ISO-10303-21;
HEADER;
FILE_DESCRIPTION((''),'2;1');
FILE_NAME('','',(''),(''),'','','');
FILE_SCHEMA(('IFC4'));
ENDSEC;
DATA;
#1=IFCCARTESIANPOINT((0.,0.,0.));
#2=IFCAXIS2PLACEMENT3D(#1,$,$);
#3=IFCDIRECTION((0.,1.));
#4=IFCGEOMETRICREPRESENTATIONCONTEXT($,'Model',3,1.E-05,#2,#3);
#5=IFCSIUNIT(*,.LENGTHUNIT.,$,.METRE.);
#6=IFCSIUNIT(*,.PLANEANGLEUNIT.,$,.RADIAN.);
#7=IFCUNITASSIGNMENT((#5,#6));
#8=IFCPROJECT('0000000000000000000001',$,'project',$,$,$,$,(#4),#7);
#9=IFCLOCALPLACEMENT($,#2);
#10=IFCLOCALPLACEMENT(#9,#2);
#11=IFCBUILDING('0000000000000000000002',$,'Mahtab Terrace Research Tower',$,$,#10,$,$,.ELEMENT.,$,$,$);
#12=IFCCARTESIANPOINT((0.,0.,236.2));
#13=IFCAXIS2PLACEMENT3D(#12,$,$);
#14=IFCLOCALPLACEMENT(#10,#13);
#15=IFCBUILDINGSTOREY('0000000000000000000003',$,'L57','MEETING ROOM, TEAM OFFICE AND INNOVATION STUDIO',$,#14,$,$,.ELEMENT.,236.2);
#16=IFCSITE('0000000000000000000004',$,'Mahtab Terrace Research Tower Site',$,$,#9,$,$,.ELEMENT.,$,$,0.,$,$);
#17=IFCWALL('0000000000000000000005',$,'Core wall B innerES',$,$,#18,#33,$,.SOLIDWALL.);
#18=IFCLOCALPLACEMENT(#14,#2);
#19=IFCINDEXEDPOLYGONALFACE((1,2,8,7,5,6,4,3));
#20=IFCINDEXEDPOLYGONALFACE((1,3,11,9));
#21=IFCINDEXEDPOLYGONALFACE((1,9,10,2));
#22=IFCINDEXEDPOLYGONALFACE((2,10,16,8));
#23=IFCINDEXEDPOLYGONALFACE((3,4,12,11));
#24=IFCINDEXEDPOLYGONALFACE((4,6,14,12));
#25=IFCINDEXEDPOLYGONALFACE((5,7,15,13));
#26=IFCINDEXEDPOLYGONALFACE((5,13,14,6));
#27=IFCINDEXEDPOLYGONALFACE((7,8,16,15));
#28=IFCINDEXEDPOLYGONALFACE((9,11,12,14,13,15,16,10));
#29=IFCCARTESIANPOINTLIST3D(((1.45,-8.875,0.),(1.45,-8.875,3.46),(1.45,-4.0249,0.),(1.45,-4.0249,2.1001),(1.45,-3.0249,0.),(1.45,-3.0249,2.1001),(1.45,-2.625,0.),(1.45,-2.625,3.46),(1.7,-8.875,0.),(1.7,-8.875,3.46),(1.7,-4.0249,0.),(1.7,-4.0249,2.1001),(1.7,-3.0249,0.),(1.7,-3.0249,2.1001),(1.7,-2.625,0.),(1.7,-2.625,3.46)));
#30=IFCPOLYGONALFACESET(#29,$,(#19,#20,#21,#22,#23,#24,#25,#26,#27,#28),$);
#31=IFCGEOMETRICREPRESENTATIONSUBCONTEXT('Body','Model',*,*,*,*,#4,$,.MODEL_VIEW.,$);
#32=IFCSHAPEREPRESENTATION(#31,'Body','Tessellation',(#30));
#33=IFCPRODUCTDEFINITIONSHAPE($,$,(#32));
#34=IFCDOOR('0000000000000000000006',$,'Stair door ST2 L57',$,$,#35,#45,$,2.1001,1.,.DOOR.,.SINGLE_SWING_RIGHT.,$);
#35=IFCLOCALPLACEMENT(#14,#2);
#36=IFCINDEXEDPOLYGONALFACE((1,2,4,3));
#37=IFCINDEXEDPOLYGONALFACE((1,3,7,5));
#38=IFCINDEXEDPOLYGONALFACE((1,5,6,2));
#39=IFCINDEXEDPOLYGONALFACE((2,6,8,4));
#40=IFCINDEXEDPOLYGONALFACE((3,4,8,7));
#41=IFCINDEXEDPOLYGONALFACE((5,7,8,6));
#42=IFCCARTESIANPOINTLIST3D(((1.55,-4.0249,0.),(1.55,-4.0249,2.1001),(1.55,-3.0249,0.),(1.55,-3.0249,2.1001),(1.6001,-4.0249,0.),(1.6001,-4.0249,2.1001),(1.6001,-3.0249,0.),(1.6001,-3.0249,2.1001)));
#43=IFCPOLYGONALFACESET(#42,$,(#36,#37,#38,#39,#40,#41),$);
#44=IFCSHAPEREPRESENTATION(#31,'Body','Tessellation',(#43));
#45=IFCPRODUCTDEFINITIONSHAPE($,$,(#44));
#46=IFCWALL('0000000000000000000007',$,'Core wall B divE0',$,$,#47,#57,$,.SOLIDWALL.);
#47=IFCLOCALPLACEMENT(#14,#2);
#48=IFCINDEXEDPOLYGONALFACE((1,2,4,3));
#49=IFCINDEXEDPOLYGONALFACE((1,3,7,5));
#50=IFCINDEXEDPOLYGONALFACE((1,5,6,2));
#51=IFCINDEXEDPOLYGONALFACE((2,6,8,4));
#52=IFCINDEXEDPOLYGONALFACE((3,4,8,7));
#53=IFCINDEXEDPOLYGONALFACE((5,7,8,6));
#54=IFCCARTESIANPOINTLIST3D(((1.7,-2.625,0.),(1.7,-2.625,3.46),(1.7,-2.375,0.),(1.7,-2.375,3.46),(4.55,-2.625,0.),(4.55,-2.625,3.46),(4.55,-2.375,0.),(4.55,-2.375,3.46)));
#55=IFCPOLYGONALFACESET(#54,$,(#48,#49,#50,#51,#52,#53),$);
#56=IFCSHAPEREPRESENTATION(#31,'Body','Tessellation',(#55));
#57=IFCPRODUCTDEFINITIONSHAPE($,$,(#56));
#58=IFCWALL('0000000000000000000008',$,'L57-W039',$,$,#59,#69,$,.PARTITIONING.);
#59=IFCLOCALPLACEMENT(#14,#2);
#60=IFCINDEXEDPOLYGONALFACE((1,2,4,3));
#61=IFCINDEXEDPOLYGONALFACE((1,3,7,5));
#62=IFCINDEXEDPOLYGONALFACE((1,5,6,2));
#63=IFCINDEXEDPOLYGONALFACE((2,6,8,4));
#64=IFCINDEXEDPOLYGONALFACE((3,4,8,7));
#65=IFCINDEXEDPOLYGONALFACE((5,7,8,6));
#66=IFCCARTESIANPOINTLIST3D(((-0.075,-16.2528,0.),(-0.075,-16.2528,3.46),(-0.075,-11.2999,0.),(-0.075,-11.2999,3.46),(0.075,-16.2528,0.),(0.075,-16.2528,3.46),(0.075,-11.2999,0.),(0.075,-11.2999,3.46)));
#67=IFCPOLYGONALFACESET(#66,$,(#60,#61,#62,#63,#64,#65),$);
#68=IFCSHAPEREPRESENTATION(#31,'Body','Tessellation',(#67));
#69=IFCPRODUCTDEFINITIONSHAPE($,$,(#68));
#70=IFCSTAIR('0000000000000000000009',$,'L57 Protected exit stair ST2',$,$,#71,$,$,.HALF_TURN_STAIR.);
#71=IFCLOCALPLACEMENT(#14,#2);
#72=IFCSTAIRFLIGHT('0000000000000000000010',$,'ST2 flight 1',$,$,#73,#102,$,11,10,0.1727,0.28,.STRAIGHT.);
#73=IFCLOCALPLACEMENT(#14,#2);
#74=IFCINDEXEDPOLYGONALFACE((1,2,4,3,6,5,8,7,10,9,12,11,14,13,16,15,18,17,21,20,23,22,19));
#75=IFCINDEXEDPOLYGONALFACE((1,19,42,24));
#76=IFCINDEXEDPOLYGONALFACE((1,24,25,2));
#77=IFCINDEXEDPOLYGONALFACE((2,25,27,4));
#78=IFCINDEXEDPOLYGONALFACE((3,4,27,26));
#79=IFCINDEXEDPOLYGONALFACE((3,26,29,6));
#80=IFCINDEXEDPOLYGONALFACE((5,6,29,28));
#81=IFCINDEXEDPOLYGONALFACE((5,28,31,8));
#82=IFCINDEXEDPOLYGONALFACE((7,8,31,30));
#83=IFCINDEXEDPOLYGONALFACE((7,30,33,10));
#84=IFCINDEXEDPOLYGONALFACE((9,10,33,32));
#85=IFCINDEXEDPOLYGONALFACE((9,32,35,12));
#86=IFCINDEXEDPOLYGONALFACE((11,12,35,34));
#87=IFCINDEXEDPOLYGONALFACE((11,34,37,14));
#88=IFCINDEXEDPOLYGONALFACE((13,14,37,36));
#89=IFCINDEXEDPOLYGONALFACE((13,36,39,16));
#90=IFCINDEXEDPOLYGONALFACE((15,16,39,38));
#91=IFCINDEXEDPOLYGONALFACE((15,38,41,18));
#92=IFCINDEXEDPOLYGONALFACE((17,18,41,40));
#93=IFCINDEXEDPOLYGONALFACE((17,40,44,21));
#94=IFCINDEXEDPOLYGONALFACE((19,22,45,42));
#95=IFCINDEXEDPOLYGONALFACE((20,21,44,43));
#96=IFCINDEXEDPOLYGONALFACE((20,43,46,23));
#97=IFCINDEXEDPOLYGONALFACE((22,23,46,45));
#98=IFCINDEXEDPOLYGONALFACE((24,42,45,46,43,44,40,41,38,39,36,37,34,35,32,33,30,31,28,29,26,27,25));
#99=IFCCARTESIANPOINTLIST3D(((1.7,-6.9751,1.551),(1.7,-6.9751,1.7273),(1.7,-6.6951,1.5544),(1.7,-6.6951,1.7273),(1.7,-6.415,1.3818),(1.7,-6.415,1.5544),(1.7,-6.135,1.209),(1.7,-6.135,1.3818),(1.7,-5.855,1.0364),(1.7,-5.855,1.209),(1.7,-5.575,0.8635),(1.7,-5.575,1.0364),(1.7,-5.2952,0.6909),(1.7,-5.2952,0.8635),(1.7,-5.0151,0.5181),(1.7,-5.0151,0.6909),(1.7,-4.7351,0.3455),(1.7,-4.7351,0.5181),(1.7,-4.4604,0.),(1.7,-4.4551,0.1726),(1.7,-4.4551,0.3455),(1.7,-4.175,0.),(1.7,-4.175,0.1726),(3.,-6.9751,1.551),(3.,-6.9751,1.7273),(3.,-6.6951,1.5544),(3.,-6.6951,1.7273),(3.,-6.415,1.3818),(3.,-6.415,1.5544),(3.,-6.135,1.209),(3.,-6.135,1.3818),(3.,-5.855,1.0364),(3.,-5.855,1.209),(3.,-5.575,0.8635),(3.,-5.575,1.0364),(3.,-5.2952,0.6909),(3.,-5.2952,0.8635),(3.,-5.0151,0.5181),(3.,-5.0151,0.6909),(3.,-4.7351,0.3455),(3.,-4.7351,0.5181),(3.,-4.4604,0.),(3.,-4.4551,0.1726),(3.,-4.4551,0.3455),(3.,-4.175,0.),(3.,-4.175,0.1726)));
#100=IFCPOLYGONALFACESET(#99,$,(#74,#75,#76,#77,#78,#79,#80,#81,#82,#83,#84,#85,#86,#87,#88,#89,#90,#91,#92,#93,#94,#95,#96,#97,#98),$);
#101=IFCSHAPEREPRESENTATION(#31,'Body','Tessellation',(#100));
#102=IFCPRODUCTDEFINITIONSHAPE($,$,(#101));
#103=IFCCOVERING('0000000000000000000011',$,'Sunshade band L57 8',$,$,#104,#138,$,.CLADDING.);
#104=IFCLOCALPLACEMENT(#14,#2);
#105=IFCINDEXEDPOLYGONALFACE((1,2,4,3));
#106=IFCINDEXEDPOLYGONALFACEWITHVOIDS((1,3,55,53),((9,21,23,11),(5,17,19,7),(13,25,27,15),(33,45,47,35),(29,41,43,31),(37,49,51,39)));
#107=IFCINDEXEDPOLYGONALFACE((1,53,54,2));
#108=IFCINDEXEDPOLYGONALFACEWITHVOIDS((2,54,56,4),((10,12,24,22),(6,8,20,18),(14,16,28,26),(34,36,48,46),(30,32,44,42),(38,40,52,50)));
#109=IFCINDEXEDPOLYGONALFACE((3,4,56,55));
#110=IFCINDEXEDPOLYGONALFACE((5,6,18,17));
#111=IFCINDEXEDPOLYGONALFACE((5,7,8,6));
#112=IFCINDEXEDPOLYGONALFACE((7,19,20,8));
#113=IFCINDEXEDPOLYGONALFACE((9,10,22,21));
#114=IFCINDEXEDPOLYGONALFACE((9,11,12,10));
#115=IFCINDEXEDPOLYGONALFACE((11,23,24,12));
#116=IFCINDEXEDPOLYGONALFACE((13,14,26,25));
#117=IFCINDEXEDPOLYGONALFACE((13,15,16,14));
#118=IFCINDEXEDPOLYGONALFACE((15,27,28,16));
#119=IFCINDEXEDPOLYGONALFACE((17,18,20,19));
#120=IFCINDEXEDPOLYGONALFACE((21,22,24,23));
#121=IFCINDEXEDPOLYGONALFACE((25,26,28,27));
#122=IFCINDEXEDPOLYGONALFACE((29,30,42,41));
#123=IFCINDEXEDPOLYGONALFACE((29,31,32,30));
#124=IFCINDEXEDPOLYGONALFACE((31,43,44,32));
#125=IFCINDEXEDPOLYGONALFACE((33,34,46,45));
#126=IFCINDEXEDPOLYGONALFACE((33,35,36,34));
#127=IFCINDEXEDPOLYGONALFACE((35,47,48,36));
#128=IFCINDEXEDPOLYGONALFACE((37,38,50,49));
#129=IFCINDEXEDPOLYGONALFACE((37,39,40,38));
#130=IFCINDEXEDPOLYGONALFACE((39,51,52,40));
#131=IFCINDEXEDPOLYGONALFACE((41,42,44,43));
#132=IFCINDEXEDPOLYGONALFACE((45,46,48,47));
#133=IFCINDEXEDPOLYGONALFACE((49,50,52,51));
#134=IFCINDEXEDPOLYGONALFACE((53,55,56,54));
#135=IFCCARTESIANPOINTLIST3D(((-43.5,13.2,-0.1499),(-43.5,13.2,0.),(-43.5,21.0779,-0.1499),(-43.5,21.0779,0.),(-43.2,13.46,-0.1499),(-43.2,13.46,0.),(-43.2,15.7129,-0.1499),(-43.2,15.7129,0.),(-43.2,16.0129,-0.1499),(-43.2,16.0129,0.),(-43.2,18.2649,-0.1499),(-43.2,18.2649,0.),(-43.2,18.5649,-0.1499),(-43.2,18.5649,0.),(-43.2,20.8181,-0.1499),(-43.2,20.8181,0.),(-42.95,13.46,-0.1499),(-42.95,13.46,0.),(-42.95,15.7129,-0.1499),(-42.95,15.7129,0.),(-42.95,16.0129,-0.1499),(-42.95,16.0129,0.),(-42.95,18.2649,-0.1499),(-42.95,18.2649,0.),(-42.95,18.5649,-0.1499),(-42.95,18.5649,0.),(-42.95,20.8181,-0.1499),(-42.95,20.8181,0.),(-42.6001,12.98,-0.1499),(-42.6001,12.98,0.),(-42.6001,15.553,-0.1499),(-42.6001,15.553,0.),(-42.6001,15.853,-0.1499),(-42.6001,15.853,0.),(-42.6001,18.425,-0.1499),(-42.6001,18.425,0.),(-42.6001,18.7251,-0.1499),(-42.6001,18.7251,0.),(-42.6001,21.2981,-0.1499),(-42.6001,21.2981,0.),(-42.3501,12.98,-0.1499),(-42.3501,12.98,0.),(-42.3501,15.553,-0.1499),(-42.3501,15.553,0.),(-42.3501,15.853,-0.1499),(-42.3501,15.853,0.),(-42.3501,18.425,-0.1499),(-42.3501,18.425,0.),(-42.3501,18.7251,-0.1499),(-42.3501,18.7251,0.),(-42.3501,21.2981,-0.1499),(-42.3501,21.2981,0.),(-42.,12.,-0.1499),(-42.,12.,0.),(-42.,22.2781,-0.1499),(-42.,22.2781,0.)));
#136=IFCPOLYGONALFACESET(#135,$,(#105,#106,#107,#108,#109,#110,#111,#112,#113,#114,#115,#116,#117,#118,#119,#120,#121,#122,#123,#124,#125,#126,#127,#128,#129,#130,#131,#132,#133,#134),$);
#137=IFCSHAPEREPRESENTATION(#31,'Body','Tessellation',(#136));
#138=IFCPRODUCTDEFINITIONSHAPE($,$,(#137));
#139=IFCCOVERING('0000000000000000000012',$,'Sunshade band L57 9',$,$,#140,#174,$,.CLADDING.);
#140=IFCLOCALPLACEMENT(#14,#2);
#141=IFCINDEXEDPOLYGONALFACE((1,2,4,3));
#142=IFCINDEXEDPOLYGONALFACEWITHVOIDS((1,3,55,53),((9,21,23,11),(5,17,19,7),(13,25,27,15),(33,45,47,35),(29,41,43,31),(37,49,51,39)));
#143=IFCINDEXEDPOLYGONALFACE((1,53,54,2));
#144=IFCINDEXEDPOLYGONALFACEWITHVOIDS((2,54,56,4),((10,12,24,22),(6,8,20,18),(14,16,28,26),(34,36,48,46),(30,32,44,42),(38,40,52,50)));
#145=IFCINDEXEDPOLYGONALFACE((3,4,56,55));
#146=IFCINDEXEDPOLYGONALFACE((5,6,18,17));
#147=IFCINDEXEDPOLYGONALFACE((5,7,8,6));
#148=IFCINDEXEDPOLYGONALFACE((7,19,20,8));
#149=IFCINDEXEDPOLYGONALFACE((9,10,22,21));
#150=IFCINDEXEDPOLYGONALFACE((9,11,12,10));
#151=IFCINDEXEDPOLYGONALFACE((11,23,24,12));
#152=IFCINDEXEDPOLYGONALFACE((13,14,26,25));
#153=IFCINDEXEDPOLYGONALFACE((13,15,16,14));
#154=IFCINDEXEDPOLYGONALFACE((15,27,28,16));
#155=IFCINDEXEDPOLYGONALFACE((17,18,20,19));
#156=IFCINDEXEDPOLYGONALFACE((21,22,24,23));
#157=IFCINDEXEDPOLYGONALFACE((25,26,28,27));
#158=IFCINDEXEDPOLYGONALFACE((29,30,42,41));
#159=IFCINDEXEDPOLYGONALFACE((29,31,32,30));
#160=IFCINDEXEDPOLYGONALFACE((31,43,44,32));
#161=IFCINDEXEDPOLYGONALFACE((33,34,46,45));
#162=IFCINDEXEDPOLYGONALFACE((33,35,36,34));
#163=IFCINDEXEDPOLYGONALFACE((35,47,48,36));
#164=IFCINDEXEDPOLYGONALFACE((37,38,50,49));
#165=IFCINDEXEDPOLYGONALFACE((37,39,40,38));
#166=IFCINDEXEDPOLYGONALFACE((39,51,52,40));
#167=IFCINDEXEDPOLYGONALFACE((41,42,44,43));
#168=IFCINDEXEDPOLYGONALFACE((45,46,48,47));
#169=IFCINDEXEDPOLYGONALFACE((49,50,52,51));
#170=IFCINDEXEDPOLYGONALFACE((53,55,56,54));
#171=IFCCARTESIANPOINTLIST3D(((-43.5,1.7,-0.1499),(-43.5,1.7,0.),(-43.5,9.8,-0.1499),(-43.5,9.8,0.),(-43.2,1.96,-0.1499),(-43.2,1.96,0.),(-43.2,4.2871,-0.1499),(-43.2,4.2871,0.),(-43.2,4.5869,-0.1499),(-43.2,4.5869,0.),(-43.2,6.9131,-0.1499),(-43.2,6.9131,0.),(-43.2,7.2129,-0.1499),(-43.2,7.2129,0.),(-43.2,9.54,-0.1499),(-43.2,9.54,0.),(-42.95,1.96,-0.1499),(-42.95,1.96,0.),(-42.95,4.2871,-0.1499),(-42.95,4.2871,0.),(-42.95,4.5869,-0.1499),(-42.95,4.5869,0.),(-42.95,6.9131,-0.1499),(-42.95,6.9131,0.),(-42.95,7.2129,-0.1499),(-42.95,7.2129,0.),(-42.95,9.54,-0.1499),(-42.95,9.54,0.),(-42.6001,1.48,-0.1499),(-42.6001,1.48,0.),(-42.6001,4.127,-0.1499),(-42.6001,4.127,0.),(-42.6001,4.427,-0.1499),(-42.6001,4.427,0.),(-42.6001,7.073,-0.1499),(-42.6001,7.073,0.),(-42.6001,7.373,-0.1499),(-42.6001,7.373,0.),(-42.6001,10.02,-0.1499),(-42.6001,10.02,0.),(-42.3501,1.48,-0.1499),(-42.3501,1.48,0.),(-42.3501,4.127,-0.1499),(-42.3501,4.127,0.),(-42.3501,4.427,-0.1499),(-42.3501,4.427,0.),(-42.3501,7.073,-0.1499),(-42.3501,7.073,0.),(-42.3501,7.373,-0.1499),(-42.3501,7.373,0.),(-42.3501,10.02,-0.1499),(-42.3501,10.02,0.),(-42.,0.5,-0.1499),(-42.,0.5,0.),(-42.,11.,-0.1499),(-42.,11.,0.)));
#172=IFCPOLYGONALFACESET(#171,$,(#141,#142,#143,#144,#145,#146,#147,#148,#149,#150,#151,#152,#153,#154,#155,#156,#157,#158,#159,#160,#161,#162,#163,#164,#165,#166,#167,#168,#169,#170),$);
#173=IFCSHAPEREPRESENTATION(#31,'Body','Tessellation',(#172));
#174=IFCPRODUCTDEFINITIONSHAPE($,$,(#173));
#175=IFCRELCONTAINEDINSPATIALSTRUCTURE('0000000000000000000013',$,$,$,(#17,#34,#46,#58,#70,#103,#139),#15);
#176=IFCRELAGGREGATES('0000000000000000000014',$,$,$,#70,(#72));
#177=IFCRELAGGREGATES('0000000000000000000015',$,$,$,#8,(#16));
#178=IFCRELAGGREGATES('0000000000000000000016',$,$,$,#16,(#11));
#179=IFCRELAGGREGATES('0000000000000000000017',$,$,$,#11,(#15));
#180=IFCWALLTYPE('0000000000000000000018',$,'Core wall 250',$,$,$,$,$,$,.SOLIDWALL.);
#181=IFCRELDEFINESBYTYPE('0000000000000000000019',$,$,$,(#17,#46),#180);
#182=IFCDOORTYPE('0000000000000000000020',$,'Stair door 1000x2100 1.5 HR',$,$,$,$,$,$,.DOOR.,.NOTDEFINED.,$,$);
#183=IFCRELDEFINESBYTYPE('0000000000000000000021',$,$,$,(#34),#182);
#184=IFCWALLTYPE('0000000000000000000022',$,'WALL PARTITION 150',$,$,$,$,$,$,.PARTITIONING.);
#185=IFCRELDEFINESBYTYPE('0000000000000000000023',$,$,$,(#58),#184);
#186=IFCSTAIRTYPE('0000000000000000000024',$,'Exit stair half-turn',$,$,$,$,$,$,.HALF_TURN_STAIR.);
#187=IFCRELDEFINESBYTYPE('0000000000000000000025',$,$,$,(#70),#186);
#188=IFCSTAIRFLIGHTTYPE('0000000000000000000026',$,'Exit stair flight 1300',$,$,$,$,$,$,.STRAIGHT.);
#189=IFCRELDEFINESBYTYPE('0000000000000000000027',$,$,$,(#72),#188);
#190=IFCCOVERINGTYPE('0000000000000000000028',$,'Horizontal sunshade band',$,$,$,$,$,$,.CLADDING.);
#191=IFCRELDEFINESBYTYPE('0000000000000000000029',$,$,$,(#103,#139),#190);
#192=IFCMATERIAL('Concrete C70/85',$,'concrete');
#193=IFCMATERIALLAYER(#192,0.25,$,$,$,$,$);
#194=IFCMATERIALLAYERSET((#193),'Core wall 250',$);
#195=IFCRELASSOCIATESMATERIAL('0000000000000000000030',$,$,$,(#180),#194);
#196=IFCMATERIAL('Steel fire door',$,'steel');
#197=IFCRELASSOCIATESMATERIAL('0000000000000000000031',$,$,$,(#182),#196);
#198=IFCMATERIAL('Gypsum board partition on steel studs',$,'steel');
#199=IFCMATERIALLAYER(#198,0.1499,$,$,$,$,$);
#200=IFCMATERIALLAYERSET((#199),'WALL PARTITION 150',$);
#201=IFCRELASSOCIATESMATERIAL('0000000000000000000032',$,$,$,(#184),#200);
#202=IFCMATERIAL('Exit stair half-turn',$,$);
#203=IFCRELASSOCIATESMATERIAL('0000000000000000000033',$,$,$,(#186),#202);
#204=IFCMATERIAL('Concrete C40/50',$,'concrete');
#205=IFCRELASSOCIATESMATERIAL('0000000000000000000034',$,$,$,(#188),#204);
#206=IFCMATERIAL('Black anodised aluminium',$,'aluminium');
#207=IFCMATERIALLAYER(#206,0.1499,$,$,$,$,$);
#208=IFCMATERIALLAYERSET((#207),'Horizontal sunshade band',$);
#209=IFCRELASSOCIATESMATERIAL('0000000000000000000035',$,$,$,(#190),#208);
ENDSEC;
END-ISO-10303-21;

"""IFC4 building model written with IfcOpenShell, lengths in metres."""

from ifc_helpers import new_model, si_unit, direction, frame, frame_2d, origin, place, context, subcontext, project, spatial, polyline, rectangle, outline, extrude, material, layer, layer_set, type_object, element, fill, aggregate, save


model = new_model("IFC4")

# Units and contexts
model_context = context("Model", 3, precision=1e-05, world=origin(), true_north=direction((0.0, 1.0)))
body_context = subcontext(model_context, "Body", "Model", "MODEL_VIEW")
ifc_project = project(units=[si_unit("LENGTHUNIT", "METRE"), si_unit("PLANEANGLEUNIT", "RADIAN")], contexts=[model_context])

# Site, building, storey
site_placement = place(None, origin())
site = spatial("IfcSite", under=ifc_project, at=site_placement, Name="Mahtab Terrace Research Tower Site", CompositionType="ELEMENT", RefElevation=0.0)
building_placement = place(site_placement, origin())
building = spatial("IfcBuilding", under=site, at=building_placement, Name="Mahtab Terrace Research Tower", CompositionType="ELEMENT")
storey_placement = place(building_placement, frame((0.0, 0.0, 236.2)))
storey = spatial("IfcBuildingStorey", under=building, at=storey_placement, Name="L57", Description="MEETING ROOM, TEAM OFFICE AND INNOVATION STUDIO", CompositionType="ELEMENT", Elevation=236.2)

# Shared definitions
ifc_material_1 = material(Name="Concrete C40/50", Category="concrete")

# Shared definitions
ifc_material_2 = material(Name="Concrete C70/85", Category="concrete")
ifc_layer_1 = layer(ifc_material_2, 0.25)
ifc_layer_set_1 = layer_set([ifc_layer_1], Name="Core wall 250")
wall_type_1 = type_object("IfcWallType", Name="Core wall 250", PredefinedType="SOLIDWALL", material=ifc_layer_set_1)
ifc_material_3 = material(Name="Steel fire door", Category="steel")

# Wall, opening, door
wall_1_placement = place(storey_placement, frame((1.575, -8.875, 0.0), z_axis=(0.0, 0.0, 1.0), x_axis=(0.0, 1.0, 0.0)))
wall_1 = element("IfcWall", 1, at=wall_1_placement, inside=storey, type_object=wall_type_1, Name="Core wall B innerES", PredefinedType="SOLIDWALL", context=body_context, shape_type="SweptSolid", body=[
    extrude(rectangle(XDim=6.25, YDim=0.25, at=frame_2d((3.125, 0.0))), origin(), (0.0, 0.0, 1.0), 3.46),
])
opening_1_placement = place(wall_1_placement, frame((4.8501, 0.0, 0.0)))
opening_1 = element("IfcOpeningElement", 2, at=opening_1_placement, cuts=wall_1, PredefinedType="OPENING", context=body_context, shape_type="SweptSolid", body=[
    extrude(rectangle(XDim=1.0, YDim=2.1001, at=frame_2d((0.5, 1.05))), frame((0.0, 0.135, 0.0), z_axis=(0.0, -1.0, 0.0), x_axis=(1.0, 0.0, 0.0)), (0.0, 0.0, 1.0), 0.27),
])
door_type_1 = type_object("IfcDoorType", Name="Stair door 1000x2100 1.5 HR", OperationType="NOTDEFINED", PredefinedType="DOOR", material=ifc_material_3)
door_1_placement = place(opening_1_placement, origin())
door_1 = element("IfcDoor", 3, at=door_1_placement, inside=storey, type_object=door_type_1, Name="Stair door ST2 L57", OperationType="SINGLE_SWING_RIGHT", OverallHeight=2.1001, OverallWidth=1.0, PredefinedType="DOOR", context=body_context, shape_type="SweptSolid", body=[
    extrude(rectangle(XDim=1.0, YDim=2.1001, at=frame_2d((0.5, 1.05))), frame((0.0, 0.0249, 0.0), z_axis=(0.0, -1.0, 0.0), x_axis=(1.0, 0.0, 0.0)), (0.0, 0.0, 1.0), 0.05),
])
fill(opening_1, door_1)

# Walls
wall_2_placement = place(storey_placement, frame((1.7, -2.5, 0.0), z_axis=(0.0, 0.0, 1.0), x_axis=(1.0, 0.0, 0.0)))
element("IfcWall", 4, at=wall_2_placement, inside=storey, type_object=wall_type_1, Name="Core wall B divE0", PredefinedType="SOLIDWALL", context=body_context, shape_type="SweptSolid", body=[
    extrude(rectangle(XDim=2.8501, YDim=0.25, at=frame_2d((1.425, 0.0))), origin(), (0.0, 0.0, 1.0), 3.46),
])
ifc_material_4 = material(Name="Gypsum board partition on steel studs", Category="steel")
ifc_layer_2 = layer(ifc_material_4, 0.1499)
ifc_layer_set_2 = layer_set([ifc_layer_2], Name="WALL PARTITION 150")
wall_type_2 = type_object("IfcWallType", Name="WALL PARTITION 150", PredefinedType="PARTITIONING", material=ifc_layer_set_2)
wall_3_placement = place(storey_placement, frame((0.0, -16.2529, 0.0), z_axis=(0.0, 0.0, 1.0), x_axis=(0.0, 1.0, 0.0)))
element("IfcWall", 5, at=wall_3_placement, inside=storey, type_object=wall_type_2, Name="L57-W039", PredefinedType="PARTITIONING", context=body_context, shape_type="SweptSolid", body=[
    extrude(rectangle(XDim=4.9529, YDim=0.1499, at=frame_2d((2.4766, 0.0))), origin(), (0.0, 0.0, 1.0), 3.46),
])

# Stair, stair flight
ifc_material_5 = material(Name="Exit stair half-turn")
stair_type = type_object("IfcStairType", Name="Exit stair half-turn", PredefinedType="HALF_TURN_STAIR", material=ifc_material_5)
stair_placement = place(storey_placement, origin())
stair = element("IfcStair", 6, at=stair_placement, inside=storey, type_object=stair_type, Name="L57 Protected exit stair ST2", PredefinedType="HALF_TURN_STAIR")
stair_flight_type = type_object("IfcStairFlightType", Name="Exit stair flight 1300", PredefinedType="STRAIGHT", material=ifc_material_1)
stair_flight_placement = place(storey_placement, frame((2.3501, -4.175, 0.0), z_axis=(0.0, 0.0, 1.0), x_axis=(0.0, -1.0, 0.0)))
stair_flight = element("IfcStairFlight", 7, at=stair_flight_placement, type_object=stair_flight_type, Name="ST2 flight 1", NumberOfRisers=11, NumberOfTreads=10, PredefinedType="STRAIGHT", RiserHeight=0.1727, TreadLength=0.28, context=body_context, shape_type="SweptSolid", body=[
    extrude(outline(polyline([(0.0, 0.0), (0.0, 0.1726), (0.28, 0.1726), (0.28, 0.3455), (0.5601, 0.3455), (0.5601, 0.5181), (0.8401, 0.5181), (0.8401, 0.6909), (1.1201, 0.6909), (1.1201, 0.8635), (1.3999, 0.8635), (1.3999, 1.0364), (1.6799, 1.0364), (1.6799, 1.209), (1.96, 1.209), (1.96, 1.3818), (2.24, 1.3818), (2.24, 1.5544), (2.52, 1.5544), (2.52, 1.7273), (2.8, 1.7273), (2.8, 1.8999), (2.8, 1.551), (0.2854, 0.0), (0.0, 0.0)])), frame((0.0, 0.6499, 0.0), z_axis=(0.0, -1.0, 0.0), x_axis=(1.0, 0.0, 0.0)), (0.0, 0.0, 1.0), 1.3),
])
aggregate(stair, [stair_flight])

# Coverings
ifc_material_6 = material(Name="Black anodised aluminium", Category="aluminium")
ifc_layer_3 = layer(ifc_material_6, 0.1499)
ifc_layer_set_3 = layer_set([ifc_layer_3], Name="Horizontal sunshade band")
covering_type = type_object("IfcCoveringType", Name="Horizontal sunshade band", PredefinedType="CLADDING", material=ifc_layer_set_3)
covering_1_placement = place(storey_placement, frame((0.0, 0.0, -0.1499)))
element("IfcCovering", 8, at=covering_1_placement, inside=storey, type_object=covering_type, Name="Sunshade band L57 8", PredefinedType="CLADDING", context=body_context, shape_type="SweptSolid", body=[
    extrude(outline(polyline([(-42.0, 22.2781), (-42.0, 12.0), (-43.5, 13.2), (-43.5, 21.0779), (-42.0, 22.2781)]), holes=[polyline([(-42.3501, 21.2981), (-42.3501, 18.7251), (-42.6001, 18.7251), (-42.6001, 21.2981), (-42.3501, 21.2981)]), polyline([(-42.3501, 18.425), (-42.3501, 15.853), (-42.6001, 15.853), (-42.6001, 18.425), (-42.3501, 18.425)]), polyline([(-42.3501, 15.553), (-42.3501, 12.98), (-42.6001, 12.98), (-42.6001, 15.553), (-42.3501, 15.553)]), polyline([(-42.95, 20.8181), (-42.95, 18.5649), (-43.2, 18.5649), (-43.2, 20.8181), (-42.95, 20.8181)]), polyline([(-42.95, 18.2649), (-42.95, 16.0129), (-43.2, 16.0129), (-43.2, 18.2649), (-42.95, 18.2649)]), polyline([(-42.95, 15.7129), (-42.95, 13.46), (-43.2, 13.46), (-43.2, 15.7129), (-42.95, 15.7129)])]), origin(), (0.0, 0.0, 1.0), 0.1499),
])
covering_2_placement = place(storey_placement, frame((0.0, 0.0, -0.1499)))
element("IfcCovering", 9, at=covering_2_placement, inside=storey, type_object=covering_type, Name="Sunshade band L57 9", PredefinedType="CLADDING", context=body_context, shape_type="SweptSolid", body=[
    extrude(outline(polyline([(-42.0, 11.0), (-42.0, 0.5), (-43.5, 1.7), (-43.5, 9.8), (-42.0, 11.0)]), holes=[polyline([(-42.3501, 10.02), (-42.3501, 7.373), (-42.6001, 7.373), (-42.6001, 10.02), (-42.3501, 10.02)]), polyline([(-42.3501, 7.073), (-42.3501, 4.427), (-42.6001, 4.427), (-42.6001, 7.073), (-42.3501, 7.073)]), polyline([(-42.3501, 4.127), (-42.3501, 1.48), (-42.6001, 1.48), (-42.6001, 4.127), (-42.3501, 4.127)]), polyline([(-42.95, 9.54), (-42.95, 7.2129), (-43.2, 7.2129), (-43.2, 9.54), (-42.95, 9.54)]), polyline([(-42.95, 6.9131), (-42.95, 4.5869), (-43.2, 4.5869), (-43.2, 6.9131), (-42.95, 6.9131)]), polyline([(-42.95, 4.2871), (-42.95, 1.96), (-43.2, 1.96), (-43.2, 4.2871), (-42.95, 4.2871)])]), origin(), (0.0, 0.0, 1.0), 0.1499),
])

save(model, "model.ifc")
